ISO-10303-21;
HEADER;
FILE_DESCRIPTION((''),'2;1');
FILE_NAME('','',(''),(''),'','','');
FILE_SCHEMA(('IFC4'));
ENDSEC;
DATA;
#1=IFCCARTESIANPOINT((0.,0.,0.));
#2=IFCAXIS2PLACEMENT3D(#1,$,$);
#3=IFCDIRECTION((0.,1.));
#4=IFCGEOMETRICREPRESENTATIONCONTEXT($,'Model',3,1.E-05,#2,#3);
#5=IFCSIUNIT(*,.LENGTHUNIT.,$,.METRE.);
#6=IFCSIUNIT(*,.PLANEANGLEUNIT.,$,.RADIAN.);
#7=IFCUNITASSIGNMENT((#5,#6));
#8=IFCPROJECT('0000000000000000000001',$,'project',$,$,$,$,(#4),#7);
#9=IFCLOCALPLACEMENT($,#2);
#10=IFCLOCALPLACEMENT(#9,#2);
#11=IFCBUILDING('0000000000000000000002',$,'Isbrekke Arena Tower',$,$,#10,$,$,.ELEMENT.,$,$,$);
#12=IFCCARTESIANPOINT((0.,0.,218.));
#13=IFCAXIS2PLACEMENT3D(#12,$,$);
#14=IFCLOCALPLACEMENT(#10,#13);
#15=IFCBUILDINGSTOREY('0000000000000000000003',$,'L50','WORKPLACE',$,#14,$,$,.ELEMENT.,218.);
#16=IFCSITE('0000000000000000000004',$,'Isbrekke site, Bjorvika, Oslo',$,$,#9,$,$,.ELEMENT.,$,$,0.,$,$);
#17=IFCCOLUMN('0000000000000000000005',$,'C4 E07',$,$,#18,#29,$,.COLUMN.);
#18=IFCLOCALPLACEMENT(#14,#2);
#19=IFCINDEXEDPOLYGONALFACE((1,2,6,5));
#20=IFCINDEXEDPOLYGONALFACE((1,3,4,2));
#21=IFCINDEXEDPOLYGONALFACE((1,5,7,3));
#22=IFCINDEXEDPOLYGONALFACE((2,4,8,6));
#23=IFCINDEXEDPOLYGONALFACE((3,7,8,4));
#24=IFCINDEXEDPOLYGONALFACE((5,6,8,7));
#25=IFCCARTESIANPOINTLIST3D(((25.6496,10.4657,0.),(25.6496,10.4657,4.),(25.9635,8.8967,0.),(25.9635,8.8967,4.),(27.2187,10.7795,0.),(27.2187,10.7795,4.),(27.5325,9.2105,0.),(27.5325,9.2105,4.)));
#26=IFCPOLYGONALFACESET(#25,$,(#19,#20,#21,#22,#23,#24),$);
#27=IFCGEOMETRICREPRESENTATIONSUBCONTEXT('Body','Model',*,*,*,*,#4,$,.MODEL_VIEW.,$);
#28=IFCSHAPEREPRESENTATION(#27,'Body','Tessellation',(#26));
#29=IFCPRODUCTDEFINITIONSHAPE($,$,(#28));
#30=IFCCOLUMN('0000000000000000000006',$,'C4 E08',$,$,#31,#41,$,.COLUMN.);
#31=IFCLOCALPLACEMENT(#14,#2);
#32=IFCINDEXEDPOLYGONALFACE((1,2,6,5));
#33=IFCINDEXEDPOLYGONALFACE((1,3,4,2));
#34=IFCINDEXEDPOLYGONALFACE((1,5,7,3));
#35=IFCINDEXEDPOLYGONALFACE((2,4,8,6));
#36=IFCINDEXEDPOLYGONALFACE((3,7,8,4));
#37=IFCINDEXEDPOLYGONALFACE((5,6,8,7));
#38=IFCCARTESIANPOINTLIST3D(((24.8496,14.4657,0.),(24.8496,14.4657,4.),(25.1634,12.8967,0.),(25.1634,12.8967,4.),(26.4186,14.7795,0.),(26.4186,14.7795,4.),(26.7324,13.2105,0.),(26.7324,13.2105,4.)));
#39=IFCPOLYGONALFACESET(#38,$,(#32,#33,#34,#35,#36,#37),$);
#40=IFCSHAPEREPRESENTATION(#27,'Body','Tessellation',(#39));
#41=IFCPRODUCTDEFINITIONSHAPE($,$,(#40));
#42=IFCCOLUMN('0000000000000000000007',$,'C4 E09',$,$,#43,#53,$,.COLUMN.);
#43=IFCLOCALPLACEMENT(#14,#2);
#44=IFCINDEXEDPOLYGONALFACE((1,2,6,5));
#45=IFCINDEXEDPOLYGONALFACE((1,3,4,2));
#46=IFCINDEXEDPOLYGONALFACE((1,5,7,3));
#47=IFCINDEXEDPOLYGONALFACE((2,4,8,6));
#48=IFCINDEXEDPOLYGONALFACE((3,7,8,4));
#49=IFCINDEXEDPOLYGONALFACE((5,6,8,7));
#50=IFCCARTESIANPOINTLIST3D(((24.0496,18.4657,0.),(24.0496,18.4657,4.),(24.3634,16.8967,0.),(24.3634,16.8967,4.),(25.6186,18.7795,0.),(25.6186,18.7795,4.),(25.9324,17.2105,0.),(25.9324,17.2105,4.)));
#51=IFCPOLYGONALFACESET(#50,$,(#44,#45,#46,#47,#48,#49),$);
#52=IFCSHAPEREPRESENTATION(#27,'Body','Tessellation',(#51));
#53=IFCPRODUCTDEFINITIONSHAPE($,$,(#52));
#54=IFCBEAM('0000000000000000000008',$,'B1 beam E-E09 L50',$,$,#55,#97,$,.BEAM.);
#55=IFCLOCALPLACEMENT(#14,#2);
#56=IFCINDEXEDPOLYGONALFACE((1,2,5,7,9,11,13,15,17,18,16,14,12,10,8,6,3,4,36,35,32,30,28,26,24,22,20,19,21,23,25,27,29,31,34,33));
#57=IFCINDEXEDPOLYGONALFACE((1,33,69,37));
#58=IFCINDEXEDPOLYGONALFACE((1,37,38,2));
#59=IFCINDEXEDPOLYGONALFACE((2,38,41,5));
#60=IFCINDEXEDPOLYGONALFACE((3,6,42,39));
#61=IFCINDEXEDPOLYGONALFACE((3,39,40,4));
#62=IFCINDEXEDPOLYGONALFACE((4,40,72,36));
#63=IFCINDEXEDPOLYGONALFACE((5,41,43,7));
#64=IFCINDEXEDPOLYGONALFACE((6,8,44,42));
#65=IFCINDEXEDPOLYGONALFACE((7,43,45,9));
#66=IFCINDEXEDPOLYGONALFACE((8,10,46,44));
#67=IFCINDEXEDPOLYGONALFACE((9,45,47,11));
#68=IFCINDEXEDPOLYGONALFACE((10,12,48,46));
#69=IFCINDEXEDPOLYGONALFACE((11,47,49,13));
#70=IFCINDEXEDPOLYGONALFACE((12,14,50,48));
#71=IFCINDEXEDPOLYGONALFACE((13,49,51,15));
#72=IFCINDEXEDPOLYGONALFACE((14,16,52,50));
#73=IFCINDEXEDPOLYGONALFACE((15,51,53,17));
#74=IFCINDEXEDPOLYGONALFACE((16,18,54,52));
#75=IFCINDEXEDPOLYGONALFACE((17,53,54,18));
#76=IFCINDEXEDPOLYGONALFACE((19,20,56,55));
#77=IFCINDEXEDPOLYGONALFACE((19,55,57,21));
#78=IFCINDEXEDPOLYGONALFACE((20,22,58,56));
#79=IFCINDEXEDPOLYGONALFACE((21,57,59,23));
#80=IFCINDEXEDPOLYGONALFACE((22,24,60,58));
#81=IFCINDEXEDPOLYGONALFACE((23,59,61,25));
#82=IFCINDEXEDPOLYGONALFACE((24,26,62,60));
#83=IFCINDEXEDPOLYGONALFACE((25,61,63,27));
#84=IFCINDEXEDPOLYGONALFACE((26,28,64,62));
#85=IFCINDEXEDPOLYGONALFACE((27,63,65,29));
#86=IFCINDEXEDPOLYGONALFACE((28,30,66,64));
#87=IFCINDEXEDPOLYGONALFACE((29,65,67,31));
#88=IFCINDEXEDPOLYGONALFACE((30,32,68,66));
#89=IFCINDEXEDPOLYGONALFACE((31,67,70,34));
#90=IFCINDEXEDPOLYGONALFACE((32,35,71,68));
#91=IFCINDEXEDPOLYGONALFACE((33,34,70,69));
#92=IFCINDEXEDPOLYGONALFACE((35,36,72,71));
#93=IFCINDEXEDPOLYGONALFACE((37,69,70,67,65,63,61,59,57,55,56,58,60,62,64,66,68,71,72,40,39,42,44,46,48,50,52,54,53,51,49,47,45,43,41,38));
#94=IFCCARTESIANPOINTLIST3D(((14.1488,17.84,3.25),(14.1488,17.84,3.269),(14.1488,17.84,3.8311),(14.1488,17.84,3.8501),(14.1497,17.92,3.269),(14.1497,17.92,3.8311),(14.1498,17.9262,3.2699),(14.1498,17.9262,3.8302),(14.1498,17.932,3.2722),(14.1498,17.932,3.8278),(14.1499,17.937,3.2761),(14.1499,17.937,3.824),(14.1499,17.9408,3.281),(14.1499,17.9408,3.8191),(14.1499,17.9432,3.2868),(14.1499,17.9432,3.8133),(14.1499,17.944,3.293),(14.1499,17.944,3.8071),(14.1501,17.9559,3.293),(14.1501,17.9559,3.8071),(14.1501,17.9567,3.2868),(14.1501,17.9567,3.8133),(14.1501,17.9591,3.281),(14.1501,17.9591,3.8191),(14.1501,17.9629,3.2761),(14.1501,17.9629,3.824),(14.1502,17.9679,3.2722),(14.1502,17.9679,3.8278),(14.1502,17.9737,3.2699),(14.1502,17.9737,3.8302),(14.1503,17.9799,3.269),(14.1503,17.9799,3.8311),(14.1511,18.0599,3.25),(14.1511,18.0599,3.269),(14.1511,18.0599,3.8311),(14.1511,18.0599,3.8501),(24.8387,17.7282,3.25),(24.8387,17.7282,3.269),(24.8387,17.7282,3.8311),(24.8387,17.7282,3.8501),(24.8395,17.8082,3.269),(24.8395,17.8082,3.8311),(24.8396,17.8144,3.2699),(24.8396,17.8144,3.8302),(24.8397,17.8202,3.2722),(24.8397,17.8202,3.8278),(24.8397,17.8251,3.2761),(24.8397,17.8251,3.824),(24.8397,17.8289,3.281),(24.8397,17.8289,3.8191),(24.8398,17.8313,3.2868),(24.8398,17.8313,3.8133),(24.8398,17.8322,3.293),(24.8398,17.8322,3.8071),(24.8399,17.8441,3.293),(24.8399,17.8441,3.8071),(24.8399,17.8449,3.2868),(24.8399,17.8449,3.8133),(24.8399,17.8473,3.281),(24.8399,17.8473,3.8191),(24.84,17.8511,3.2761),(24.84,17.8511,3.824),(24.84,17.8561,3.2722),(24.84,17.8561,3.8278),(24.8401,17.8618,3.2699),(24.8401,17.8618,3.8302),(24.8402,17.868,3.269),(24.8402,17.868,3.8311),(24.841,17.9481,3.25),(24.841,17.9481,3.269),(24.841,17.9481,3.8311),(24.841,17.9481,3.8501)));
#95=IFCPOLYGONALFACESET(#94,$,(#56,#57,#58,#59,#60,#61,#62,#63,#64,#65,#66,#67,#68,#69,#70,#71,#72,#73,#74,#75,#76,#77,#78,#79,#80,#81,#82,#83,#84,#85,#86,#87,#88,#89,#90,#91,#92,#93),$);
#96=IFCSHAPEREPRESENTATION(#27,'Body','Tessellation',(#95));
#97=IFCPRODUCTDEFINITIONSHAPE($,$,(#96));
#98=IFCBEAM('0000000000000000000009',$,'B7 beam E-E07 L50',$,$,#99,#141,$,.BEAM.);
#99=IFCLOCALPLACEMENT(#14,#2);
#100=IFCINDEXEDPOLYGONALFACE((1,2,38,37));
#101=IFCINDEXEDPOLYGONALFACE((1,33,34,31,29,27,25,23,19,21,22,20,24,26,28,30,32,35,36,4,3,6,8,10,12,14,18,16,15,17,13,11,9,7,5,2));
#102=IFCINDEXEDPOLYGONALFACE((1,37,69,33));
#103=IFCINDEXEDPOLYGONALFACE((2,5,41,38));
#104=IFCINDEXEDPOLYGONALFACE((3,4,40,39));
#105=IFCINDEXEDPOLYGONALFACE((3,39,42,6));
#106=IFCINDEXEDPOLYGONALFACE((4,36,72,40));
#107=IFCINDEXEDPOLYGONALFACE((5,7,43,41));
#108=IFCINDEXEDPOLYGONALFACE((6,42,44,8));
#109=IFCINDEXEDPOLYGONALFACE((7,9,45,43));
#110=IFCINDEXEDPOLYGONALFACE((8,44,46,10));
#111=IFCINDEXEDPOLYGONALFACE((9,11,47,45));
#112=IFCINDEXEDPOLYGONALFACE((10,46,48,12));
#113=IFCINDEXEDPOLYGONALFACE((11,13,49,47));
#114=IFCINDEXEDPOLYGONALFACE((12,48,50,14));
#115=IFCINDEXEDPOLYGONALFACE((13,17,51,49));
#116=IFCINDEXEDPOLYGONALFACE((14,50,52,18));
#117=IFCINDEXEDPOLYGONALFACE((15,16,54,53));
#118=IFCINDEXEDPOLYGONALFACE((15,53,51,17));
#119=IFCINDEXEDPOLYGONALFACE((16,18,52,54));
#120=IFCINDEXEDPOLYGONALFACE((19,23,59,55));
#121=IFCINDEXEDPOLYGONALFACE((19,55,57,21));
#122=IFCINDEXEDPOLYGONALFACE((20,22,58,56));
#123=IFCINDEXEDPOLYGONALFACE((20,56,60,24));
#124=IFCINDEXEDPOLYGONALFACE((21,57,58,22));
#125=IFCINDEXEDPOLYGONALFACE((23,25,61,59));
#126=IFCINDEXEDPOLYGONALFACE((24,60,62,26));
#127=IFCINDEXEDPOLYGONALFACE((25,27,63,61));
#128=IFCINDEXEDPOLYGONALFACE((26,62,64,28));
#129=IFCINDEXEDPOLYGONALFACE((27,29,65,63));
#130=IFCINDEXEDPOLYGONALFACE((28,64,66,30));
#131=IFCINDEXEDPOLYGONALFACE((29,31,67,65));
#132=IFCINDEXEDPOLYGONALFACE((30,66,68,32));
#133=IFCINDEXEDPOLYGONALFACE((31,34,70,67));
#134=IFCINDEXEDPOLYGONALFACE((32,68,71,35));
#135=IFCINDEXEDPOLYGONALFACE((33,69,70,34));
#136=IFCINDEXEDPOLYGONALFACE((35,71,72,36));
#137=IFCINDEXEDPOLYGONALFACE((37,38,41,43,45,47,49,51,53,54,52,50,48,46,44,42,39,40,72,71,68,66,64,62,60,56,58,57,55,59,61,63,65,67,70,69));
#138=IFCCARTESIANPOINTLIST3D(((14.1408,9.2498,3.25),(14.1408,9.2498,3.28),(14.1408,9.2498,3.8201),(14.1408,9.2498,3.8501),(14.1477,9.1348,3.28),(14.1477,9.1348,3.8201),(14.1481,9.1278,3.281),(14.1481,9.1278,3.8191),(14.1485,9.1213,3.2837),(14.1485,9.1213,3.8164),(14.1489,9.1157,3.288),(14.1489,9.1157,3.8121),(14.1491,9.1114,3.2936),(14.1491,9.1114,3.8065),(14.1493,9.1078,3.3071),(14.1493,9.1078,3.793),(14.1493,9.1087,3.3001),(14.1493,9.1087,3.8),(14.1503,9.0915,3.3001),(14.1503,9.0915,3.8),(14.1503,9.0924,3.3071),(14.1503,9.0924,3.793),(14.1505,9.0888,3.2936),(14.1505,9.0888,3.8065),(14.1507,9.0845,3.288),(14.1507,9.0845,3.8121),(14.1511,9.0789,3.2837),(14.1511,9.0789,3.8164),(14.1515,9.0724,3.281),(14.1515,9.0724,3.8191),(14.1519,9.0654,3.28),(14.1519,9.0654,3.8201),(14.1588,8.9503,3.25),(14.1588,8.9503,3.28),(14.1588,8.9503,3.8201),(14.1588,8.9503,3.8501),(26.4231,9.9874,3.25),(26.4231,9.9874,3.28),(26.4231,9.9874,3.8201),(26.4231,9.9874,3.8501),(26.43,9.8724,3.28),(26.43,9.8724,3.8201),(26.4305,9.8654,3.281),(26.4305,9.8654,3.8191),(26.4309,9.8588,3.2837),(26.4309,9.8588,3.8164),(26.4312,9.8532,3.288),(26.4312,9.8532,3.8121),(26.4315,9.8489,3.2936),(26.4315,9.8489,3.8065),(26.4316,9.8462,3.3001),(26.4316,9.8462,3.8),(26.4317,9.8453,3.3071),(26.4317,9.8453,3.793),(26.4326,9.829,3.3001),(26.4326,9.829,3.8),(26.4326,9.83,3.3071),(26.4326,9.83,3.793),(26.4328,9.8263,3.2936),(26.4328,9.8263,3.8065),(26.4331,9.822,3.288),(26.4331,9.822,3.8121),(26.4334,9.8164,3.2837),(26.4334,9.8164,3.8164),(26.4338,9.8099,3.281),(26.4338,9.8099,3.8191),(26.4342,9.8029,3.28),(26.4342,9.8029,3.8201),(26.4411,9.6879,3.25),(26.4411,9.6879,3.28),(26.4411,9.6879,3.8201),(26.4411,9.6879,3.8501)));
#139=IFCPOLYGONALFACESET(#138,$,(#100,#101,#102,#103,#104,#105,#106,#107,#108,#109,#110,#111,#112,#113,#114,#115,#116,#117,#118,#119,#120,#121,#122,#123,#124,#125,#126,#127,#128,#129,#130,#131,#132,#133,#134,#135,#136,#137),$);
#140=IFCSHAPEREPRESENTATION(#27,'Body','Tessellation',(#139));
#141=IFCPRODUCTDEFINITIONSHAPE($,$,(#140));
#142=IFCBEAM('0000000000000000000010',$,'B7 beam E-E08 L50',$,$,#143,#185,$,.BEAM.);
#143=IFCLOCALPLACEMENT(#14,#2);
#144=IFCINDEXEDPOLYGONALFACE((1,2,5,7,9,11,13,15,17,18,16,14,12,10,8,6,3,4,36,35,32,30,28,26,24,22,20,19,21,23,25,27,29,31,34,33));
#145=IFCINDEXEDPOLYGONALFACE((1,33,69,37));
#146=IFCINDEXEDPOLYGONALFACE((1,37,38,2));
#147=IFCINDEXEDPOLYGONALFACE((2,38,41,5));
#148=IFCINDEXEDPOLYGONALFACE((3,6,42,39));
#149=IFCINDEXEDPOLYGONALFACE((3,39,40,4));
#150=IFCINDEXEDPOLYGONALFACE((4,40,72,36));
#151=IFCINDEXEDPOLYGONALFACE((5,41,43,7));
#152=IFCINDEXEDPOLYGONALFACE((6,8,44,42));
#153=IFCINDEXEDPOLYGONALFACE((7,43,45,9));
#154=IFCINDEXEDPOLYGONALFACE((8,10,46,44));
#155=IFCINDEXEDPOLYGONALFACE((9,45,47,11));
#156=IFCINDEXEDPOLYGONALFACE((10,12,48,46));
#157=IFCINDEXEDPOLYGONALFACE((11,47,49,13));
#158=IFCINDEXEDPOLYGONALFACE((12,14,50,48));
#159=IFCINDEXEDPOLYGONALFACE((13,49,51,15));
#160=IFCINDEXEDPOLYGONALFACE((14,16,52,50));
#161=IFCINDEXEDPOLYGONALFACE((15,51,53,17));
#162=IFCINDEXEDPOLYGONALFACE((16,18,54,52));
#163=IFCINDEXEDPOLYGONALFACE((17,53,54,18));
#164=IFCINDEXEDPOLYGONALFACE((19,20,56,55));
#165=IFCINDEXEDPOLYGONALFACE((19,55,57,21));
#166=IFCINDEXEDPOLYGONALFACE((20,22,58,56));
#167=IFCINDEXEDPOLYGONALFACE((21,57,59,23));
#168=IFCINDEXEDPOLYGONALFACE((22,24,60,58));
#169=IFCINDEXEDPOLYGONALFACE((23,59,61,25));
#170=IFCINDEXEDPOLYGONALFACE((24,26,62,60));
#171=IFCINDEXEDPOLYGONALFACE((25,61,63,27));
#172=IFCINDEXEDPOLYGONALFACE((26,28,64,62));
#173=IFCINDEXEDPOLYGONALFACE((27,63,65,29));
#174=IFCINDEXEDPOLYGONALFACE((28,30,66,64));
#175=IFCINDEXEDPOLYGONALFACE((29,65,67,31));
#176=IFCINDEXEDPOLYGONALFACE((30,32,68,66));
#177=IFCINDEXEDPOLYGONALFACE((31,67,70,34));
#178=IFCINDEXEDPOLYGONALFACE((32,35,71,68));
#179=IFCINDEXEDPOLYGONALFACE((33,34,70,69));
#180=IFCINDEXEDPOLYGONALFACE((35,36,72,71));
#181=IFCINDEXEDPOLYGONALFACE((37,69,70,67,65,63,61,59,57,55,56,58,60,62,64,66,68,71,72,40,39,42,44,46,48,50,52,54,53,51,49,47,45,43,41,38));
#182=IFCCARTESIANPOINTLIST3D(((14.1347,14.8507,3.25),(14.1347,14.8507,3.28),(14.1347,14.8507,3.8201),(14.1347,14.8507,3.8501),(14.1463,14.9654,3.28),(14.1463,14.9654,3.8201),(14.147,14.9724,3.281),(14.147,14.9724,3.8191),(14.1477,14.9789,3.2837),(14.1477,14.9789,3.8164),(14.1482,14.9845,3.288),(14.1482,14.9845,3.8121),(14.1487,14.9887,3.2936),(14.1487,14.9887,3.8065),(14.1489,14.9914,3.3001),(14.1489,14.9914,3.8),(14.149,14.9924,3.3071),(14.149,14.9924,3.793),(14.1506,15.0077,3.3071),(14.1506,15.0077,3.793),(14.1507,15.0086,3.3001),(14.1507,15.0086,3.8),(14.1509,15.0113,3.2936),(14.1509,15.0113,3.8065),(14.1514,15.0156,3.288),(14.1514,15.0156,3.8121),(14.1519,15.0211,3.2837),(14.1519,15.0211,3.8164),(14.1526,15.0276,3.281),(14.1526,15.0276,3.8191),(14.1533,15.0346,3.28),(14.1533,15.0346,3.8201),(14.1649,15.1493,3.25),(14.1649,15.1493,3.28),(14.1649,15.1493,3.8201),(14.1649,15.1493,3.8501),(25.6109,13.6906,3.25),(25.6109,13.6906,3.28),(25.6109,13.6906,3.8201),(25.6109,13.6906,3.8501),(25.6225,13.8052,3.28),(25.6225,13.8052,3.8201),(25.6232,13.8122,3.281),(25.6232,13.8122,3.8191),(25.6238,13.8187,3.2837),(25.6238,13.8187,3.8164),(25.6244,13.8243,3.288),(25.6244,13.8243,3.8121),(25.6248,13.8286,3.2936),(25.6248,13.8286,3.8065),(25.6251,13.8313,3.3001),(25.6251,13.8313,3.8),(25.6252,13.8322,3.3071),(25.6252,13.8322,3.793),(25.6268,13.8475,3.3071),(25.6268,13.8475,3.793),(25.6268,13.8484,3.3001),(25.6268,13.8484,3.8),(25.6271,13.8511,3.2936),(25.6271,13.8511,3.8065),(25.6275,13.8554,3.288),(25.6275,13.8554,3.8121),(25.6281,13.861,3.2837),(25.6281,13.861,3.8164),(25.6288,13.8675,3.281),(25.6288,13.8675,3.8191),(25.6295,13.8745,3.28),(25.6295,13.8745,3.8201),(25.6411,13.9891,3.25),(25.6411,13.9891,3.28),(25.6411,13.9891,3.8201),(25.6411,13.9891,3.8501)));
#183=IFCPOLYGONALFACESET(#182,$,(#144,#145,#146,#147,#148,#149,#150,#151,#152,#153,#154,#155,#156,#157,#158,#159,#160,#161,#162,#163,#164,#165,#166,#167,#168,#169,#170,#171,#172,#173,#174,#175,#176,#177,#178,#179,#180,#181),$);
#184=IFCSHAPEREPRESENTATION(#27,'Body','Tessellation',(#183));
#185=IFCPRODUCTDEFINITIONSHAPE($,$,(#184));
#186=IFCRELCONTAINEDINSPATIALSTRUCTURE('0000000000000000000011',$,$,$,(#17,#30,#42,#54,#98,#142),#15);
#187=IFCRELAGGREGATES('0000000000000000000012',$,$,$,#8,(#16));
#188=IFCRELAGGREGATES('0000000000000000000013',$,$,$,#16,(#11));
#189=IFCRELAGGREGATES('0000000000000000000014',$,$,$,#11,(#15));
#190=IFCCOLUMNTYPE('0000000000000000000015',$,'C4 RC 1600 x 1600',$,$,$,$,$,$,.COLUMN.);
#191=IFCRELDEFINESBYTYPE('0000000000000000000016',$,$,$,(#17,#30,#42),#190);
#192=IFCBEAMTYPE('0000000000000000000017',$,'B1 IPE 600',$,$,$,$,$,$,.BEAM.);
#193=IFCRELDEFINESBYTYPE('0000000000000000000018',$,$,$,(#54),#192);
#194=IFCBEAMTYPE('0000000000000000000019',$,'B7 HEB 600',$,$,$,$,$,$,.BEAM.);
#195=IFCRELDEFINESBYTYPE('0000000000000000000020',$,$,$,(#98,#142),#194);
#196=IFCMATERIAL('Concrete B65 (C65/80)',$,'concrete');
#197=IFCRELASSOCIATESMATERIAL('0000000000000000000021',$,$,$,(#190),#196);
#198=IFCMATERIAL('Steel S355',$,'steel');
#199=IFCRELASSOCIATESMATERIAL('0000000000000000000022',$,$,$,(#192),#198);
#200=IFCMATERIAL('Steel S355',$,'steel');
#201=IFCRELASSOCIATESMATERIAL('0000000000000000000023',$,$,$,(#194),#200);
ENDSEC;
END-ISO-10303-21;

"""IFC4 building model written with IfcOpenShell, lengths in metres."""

from ifc_helpers import new_model, si_unit, direction, frame, origin, origin_2d, place, context, subcontext, project, spatial, rectangle, i_section, extrude, material, material_profile, profile_set, type_object, element, save


model = new_model("IFC4")

# Units and contexts
model_context = context("Model", 3, precision=1e-05, world=origin(), true_north=direction((0.0, 1.0)))
body_context = subcontext(model_context, "Body", "Model", "MODEL_VIEW")
ifc_project = project(units=[si_unit("LENGTHUNIT", "METRE"), si_unit("PLANEANGLEUNIT", "RADIAN")], contexts=[model_context])

# Site, building, storey
site_placement = place(None, origin())
site = spatial("IfcSite", under=ifc_project, at=site_placement, Name="Isbrekke site, Bjorvika, Oslo", CompositionType="ELEMENT", RefElevation=0.0)
building_placement = place(site_placement, origin())
building = spatial("IfcBuilding", under=site, at=building_placement, Name="Isbrekke Arena Tower", CompositionType="ELEMENT")
storey_placement = place(building_placement, frame((0.0, 0.0, 218.0)))
storey = spatial("IfcBuildingStorey", under=building, at=storey_placement, Name="L50", Description="WORKPLACE", CompositionType="ELEMENT", Elevation=218.0)

# Columns
ifc_material_1 = material(Name="Concrete B65 (C65/80)", Category="concrete")
ifc_material_profile_1 = material_profile(ifc_material_1, rectangle(XDim=1.6001, YDim=1.6001, at=origin_2d()), Name="RC 1600x1600")
ifc_profile_set_1 = profile_set([ifc_material_profile_1], Name="Concrete B65 (C65/80)")
column_type = type_object("IfcColumnType", Name="C4 RC 1600 x 1600", PredefinedType="COLUMN", material=ifc_profile_set_1)
for number, where, z_axis, x_axis, name in (
    (1, (26.5911, 9.8381, 0.0), (0.0, 0.0, 1.0), (-0.196116, 0.980581, 0.0), "C4 E07"),
    (2, (25.791, 13.8381, 0.0), (0.0, 0.0, 1.0), (-0.196116, 0.980581, 0.0), "C4 E08"),
    (3, (24.991, 17.8381, 0.0), (0.0, 0.0, 1.0), (-0.196116, 0.980581, 0.0), "C4 E09"),
):
    element("IfcColumn", number, at=place(storey_placement, frame(where, z_axis=z_axis, x_axis=x_axis)), inside=storey, type_object=column_type, Name=name, PredefinedType="COLUMN", context=body_context, shape_type="SweptSolid", body=[
        extrude(rectangle(XDim=1.6001, YDim=1.6001, at=origin_2d()), origin(), (0.0, 0.0, 1.0), 4.0),
    ])

# Beams
ifc_material_2 = material(Name="Steel S355", Category="steel")
ifc_material_profile_2 = material_profile(ifc_material_2, i_section(OverallWidth=0.22, OverallDepth=0.6001, WebThickness=0.012, FlangeThickness=0.019, FilletRadius=0.0239, at=origin_2d()), Name="IPE 600")
ifc_profile_set_2 = profile_set([ifc_material_profile_2], Name="Steel S355")
beam_type_1 = type_object("IfcBeamType", Name="B1 IPE 600", PredefinedType="BEAM", material=ifc_profile_set_2)
beam_1_placement = place(storey_placement, frame((24.8398, 17.8381, 3.55), z_axis=(-0.999945, 0.010459, 0.0), x_axis=(-0.010459, -0.999945, 0.0)))
element("IfcBeam", 4, at=beam_1_placement, inside=storey, type_object=beam_type_1, Name="B1 beam E-E09 L50", PredefinedType="BEAM", context=body_context, shape_type="SweptSolid", body=[
    extrude(i_section(OverallWidth=0.22, OverallDepth=0.6001, WebThickness=0.012, FlangeThickness=0.019, FilletRadius=0.0239, at=origin_2d()), origin(), (0.0, 0.0, 1.0), 10.6904),
])
ifc_material_3 = material(Name="Steel S355", Category="steel")
ifc_material_profile_3 = material_profile(ifc_material_3, i_section(OverallWidth=0.3, OverallDepth=0.6001, WebThickness=0.0154, FlangeThickness=0.03, FilletRadius=0.0271, at=origin_2d()), Name="HEB 600")
ifc_profile_set_3 = profile_set([ifc_material_profile_3], Name="Steel S355")
beam_type_2 = type_object("IfcBeamType", Name="B7 HEB 600", PredefinedType="BEAM", material=ifc_profile_set_3)
beam_2_placement = place(storey_placement, frame((26.4321, 9.8376, 3.55), z_axis=(-0.998202, -0.059942, 0.0), x_axis=(0.059942, -0.998202, 0.0)))
element("IfcBeam", 5, at=beam_2_placement, inside=storey, type_object=beam_type_2, Name="B7 beam E-E07 L50", PredefinedType="BEAM", context=body_context, shape_type="SweptSolid", body=[
    extrude(i_section(OverallWidth=0.3, OverallDepth=0.6001, WebThickness=0.0154, FlangeThickness=0.03, FilletRadius=0.0271, at=origin_2d()), origin(), (0.0, 0.0, 1.0), 12.3044),
])
beam_3_placement = place(storey_placement, frame((25.626, 13.8398, 3.55), z_axis=(-0.994929, 0.100581, 0.0), x_axis=(-0.100581, -0.994929, 0.0)))
element("IfcBeam", 6, at=beam_3_placement, inside=storey, type_object=beam_type_2, Name="B7 beam E-E08 L50", PredefinedType="BEAM", context=body_context, shape_type="SweptSolid", body=[
    extrude(i_section(OverallWidth=0.3, OverallDepth=0.6001, WebThickness=0.0154, FlangeThickness=0.03, FilletRadius=0.0271, at=origin_2d()), origin(), (0.0, 0.0, 1.0), 11.5347),
])

save(model, "model.ifc")
